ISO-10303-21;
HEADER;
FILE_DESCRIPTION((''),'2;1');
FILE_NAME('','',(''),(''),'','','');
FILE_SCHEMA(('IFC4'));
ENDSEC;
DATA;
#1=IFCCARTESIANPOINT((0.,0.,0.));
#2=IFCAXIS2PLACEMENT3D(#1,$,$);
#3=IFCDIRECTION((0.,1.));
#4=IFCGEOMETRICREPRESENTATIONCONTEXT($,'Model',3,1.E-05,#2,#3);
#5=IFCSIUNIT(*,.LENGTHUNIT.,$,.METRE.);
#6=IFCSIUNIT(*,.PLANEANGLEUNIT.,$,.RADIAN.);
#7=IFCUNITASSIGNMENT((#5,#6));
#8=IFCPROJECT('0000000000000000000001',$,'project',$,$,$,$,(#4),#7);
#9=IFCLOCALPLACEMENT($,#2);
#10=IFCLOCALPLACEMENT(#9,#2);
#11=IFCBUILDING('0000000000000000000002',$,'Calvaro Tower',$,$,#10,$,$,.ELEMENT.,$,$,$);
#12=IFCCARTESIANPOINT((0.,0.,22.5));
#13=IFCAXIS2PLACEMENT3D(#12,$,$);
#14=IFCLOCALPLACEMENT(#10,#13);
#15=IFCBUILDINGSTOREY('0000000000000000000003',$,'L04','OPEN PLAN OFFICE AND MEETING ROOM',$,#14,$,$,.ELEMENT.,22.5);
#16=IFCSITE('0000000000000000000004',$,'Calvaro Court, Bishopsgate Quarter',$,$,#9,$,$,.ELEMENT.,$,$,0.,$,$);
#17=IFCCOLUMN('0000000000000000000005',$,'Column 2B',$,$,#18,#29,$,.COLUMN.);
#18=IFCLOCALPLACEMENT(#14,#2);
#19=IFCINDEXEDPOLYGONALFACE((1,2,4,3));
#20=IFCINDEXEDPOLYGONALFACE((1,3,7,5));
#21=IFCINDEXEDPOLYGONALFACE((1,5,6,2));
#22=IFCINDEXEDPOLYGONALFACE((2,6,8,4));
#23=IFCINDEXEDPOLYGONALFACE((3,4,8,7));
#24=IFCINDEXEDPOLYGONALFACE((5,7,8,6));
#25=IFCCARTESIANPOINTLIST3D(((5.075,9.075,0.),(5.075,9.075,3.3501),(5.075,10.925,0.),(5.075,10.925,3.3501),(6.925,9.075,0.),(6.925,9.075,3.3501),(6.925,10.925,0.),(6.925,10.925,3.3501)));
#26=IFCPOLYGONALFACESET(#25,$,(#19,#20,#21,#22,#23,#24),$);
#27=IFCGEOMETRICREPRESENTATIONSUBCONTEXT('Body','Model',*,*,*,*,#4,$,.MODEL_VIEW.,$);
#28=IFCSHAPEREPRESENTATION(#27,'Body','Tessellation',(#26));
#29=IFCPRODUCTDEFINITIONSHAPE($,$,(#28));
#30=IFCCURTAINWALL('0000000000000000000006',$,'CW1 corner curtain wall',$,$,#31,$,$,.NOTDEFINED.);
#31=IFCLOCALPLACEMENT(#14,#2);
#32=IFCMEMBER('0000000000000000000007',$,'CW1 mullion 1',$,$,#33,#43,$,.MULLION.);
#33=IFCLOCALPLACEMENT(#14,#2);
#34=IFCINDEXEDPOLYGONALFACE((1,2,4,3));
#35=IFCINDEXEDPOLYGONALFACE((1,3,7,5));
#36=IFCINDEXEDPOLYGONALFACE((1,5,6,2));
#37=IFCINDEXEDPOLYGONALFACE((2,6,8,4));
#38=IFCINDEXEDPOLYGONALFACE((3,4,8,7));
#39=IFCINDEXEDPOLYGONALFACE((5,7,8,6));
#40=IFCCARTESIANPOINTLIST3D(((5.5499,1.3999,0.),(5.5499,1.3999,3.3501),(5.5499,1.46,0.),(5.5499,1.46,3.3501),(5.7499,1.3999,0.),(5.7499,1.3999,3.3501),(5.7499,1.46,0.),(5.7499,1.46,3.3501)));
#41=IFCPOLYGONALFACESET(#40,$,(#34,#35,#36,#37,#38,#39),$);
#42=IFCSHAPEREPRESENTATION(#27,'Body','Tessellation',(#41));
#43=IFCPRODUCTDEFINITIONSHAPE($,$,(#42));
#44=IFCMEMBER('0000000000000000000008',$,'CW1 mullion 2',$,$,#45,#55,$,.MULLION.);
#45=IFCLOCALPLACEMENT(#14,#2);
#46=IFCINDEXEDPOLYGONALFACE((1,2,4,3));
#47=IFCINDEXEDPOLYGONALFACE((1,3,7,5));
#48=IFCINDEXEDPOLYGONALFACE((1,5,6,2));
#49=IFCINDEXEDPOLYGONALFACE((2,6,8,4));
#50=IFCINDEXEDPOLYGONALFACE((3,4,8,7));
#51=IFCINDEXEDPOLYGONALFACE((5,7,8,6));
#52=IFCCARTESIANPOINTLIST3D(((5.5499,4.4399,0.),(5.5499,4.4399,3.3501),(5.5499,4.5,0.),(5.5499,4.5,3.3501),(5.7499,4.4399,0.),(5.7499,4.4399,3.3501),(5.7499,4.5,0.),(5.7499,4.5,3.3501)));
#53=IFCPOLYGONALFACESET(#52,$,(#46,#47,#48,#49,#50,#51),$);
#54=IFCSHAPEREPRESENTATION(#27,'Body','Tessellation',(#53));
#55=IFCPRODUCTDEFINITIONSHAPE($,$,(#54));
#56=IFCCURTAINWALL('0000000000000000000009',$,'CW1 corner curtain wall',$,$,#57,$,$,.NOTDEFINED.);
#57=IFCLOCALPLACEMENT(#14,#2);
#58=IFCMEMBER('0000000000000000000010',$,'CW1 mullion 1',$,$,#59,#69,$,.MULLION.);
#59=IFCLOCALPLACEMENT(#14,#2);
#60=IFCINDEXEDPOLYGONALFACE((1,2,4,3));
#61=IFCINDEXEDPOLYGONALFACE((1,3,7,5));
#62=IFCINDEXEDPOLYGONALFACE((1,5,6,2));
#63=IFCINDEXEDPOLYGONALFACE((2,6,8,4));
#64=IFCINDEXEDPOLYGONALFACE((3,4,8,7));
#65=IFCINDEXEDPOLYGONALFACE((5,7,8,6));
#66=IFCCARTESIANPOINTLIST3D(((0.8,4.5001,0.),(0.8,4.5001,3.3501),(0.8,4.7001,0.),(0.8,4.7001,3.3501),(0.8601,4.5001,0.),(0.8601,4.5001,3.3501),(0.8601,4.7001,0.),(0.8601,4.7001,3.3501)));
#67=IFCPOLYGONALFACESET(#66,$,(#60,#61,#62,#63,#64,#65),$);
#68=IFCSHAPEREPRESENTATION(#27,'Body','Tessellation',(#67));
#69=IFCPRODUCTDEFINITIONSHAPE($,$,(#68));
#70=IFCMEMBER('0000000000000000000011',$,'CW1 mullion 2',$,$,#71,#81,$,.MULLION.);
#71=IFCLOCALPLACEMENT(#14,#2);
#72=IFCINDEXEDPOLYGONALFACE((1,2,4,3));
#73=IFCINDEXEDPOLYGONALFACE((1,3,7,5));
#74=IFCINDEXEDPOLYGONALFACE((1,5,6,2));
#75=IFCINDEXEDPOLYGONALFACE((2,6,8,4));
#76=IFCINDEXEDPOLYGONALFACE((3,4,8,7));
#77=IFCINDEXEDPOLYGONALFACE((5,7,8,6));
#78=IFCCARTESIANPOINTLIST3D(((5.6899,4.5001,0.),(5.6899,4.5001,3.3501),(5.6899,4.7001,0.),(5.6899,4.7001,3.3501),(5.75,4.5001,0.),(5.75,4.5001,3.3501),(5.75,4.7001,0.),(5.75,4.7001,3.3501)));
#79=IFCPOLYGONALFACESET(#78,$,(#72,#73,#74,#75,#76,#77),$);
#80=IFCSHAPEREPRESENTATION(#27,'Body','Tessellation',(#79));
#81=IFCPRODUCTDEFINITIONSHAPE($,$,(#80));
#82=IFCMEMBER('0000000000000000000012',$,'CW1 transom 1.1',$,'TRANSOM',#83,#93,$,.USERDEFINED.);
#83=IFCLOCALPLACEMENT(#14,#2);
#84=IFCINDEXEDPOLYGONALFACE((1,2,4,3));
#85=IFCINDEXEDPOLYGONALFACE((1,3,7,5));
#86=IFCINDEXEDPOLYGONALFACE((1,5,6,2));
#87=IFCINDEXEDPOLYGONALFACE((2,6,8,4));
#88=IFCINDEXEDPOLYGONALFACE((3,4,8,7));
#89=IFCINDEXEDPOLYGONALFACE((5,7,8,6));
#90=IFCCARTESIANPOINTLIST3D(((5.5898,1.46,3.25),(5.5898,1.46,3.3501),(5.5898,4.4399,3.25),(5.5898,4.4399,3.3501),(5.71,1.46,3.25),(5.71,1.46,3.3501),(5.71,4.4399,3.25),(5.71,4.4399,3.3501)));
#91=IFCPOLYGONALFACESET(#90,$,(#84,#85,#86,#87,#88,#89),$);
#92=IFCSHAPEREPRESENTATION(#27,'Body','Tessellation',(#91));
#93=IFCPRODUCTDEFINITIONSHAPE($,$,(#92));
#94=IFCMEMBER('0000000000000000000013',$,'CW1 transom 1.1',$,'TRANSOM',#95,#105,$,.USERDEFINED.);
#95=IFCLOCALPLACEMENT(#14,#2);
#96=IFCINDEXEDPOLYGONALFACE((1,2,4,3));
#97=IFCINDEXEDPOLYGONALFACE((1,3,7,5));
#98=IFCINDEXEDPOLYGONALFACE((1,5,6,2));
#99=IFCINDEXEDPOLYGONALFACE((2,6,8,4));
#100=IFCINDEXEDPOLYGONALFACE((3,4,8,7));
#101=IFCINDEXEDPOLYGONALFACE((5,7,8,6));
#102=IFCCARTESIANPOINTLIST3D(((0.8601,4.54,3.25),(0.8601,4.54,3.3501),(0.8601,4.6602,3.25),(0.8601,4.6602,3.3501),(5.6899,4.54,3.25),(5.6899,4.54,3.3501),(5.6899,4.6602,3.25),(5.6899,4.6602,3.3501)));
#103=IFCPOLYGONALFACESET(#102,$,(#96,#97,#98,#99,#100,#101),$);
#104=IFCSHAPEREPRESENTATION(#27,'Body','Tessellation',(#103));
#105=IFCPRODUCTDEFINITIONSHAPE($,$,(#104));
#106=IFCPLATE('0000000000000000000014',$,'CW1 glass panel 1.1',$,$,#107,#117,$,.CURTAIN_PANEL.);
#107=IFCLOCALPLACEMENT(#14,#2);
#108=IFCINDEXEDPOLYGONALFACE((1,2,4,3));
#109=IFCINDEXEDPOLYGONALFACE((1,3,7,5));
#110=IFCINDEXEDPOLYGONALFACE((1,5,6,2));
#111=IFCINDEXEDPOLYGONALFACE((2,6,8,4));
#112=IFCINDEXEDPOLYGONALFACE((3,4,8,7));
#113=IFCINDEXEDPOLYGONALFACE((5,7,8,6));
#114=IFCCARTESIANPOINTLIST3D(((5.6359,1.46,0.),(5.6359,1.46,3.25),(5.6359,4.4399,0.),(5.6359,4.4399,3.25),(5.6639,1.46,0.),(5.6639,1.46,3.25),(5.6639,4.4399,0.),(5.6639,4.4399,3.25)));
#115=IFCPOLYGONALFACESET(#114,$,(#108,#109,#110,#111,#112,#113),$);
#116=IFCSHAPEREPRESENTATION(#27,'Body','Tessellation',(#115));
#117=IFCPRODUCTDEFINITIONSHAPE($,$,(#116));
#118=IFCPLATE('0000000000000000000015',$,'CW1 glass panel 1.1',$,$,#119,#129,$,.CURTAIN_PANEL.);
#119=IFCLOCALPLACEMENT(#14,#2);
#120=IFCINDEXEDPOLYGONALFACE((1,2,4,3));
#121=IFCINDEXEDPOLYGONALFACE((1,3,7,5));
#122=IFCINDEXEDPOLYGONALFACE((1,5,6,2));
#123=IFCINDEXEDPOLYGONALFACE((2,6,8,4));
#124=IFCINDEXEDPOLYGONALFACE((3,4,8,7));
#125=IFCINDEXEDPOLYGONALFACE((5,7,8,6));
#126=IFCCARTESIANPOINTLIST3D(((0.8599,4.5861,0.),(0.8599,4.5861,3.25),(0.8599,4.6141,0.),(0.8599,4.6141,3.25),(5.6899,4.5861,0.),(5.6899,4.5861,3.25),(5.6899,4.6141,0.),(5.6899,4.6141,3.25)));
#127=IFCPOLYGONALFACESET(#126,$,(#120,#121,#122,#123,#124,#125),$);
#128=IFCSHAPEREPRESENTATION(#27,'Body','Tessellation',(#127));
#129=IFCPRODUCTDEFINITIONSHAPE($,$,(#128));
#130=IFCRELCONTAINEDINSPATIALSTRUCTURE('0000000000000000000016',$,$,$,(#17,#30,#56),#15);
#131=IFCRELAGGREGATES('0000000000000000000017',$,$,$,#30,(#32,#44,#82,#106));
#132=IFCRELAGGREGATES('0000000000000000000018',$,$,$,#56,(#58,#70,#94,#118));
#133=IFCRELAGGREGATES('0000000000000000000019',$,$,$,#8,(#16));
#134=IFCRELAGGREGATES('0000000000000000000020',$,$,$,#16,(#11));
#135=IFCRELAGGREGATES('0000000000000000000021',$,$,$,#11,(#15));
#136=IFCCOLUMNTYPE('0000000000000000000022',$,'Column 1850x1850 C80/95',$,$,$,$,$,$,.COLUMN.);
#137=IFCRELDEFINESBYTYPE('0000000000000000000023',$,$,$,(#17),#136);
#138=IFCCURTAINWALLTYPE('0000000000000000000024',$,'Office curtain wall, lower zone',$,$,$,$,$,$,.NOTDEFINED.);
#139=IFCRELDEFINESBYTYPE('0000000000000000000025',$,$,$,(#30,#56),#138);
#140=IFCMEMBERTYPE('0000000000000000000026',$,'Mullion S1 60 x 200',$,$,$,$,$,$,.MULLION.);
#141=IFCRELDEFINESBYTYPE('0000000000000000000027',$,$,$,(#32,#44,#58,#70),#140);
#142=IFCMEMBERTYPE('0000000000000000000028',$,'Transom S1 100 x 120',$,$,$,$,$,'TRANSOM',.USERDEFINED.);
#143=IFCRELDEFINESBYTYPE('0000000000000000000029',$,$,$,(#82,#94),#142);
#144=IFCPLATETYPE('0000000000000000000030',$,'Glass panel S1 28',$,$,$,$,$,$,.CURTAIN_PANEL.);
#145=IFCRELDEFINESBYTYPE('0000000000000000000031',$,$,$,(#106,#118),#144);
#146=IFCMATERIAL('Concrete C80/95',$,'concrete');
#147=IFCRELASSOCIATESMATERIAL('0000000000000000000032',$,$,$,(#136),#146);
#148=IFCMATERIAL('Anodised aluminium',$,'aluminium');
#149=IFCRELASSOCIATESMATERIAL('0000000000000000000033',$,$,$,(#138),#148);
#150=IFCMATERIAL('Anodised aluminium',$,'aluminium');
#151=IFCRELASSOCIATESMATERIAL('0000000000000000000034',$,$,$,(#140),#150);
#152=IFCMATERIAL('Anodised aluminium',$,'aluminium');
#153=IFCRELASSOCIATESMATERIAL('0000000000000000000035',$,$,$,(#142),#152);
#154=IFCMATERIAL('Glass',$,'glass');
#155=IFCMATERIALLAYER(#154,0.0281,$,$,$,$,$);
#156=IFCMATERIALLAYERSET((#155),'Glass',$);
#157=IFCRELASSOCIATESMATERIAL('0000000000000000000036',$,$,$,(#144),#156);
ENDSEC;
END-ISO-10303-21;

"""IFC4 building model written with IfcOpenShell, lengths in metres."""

from ifc_helpers import new_model, si_unit, direction, frame, origin, origin_2d, place, context, subcontext, project, spatial, rectangle, extrude, material, layer, layer_set, material_profile, profile_set, type_object, element, aggregate, save


model = new_model("IFC4")

# Units and contexts
model_context = context("Model", 3, precision=1e-05, world=origin(), true_north=direction((0.0, 1.0)))
body_context = subcontext(model_context, "Body", "Model", "MODEL_VIEW")
ifc_project = project(units=[si_unit("LENGTHUNIT", "METRE"), si_unit("PLANEANGLEUNIT", "RADIAN")], contexts=[model_context])

# Site, building, storey
site_placement = place(None, origin())
site = spatial("IfcSite", under=ifc_project, at=site_placement, Name="Calvaro Court, Bishopsgate Quarter", CompositionType="ELEMENT", RefElevation=0.0)
building_placement = place(site_placement, origin())
building = spatial("IfcBuilding", under=site, at=building_placement, Name="Calvaro Tower", CompositionType="ELEMENT")
storey_placement = place(building_placement, frame((0.0, 0.0, 22.5)))
storey = spatial("IfcBuildingStorey", under=building, at=storey_placement, Name="L04", Description="OPEN PLAN OFFICE AND MEETING ROOM", CompositionType="ELEMENT", Elevation=22.5)

# Column
ifc_material_1 = material(Name="Concrete C80/95", Category="concrete")
ifc_material_profile_1 = material_profile(ifc_material_1, rectangle(XDim=1.8501, YDim=1.8501, at=origin_2d()), Name="RC 1850x1850")
ifc_profile_set_1 = profile_set([ifc_material_profile_1], Name="Concrete C80/95")
column_type = type_object("IfcColumnType", Name="Column 1850x1850 C80/95", PredefinedType="COLUMN", material=ifc_profile_set_1)
column_placement = place(storey_placement, frame((6.0, 10.0, 0.0), z_axis=(0.0, 0.0, 1.0), x_axis=(1.0, 0.0, 0.0)))
element("IfcColumn", 1, at=column_placement, inside=storey, type_object=column_type, Name="Column 2B", PredefinedType="COLUMN", context=body_context, shape_type="SweptSolid", body=[
    extrude(rectangle(XDim=1.8501, YDim=1.8501, at=origin_2d()), origin(), (0.0, 0.0, 1.0), 3.3501),
])

# Curtain walls, members
ifc_material_2 = material(Name="Anodised aluminium", Category="aluminium")
curtain_wall_type = type_object("IfcCurtainWallType", Name="Office curtain wall, lower zone", PredefinedType="NOTDEFINED", material=ifc_material_2)
curtain_wall_1_placement = place(storey_placement, origin())
curtain_wall_1 = element("IfcCurtainWall", 2, at=curtain_wall_1_placement, inside=storey, type_object=curtain_wall_type, Name="CW1 corner curtain wall", PredefinedType="NOTDEFINED")
ifc_material_3 = material(Name="Anodised aluminium", Category="aluminium")
ifc_material_profile_2 = material_profile(ifc_material_3, rectangle(XDim=0.2, YDim=0.0601, at=origin_2d()), Name="Mullion S1 60 x 200")
ifc_profile_set_2 = profile_set([ifc_material_profile_2], Name="Anodised aluminium")
member_type_1 = type_object("IfcMemberType", Name="Mullion S1 60 x 200", PredefinedType="MULLION", material=ifc_profile_set_2)
member_1_placement = place(storey_placement, frame((5.6499, 1.4299, 0.0), z_axis=(0.0, 0.0, 1.0), x_axis=(-1.0, 0.0, 0.0)))
member_1 = element("IfcMember", 3, at=member_1_placement, type_object=member_type_1, Name="CW1 mullion 1", PredefinedType="MULLION", context=body_context, shape_type="SweptSolid", body=[
    extrude(rectangle(XDim=0.2, YDim=0.0601, at=origin_2d()), origin(), (0.0, 0.0, 1.0), 3.3501),
])
member_2_placement = place(storey_placement, frame((5.6499, 4.47, 0.0), z_axis=(0.0, 0.0, 1.0), x_axis=(-1.0, 0.0, 0.0)))
member_2 = element("IfcMember", 4, at=member_2_placement, type_object=member_type_1, Name="CW1 mullion 2", PredefinedType="MULLION", context=body_context, shape_type="SweptSolid", body=[
    extrude(rectangle(XDim=0.2, YDim=0.0601, at=origin_2d()), origin(), (0.0, 0.0, 1.0), 3.3501),
])
curtain_wall_2_placement = place(storey_placement, origin())
curtain_wall_2 = element("IfcCurtainWall", 5, at=curtain_wall_2_placement, inside=storey, type_object=curtain_wall_type, Name="CW1 corner curtain wall", PredefinedType="NOTDEFINED")
member_3_placement = place(storey_placement, frame((0.8301, 4.6001, 0.0), z_axis=(0.0, 0.0, 1.0), x_axis=(0.0, 1.0, 0.0)))
member_3 = element("IfcMember", 6, at=member_3_placement, type_object=member_type_1, Name="CW1 mullion 1", PredefinedType="MULLION", context=body_context, shape_type="SweptSolid", body=[
    extrude(rectangle(XDim=0.2, YDim=0.0601, at=origin_2d()), origin(), (0.0, 0.0, 1.0), 3.3501),
])
member_4_placement = place(storey_placement, frame((5.72, 4.6001, 0.0), z_axis=(0.0, 0.0, 1.0), x_axis=(0.0, 1.0, 0.0)))
member_4 = element("IfcMember", 7, at=member_4_placement, type_object=member_type_1, Name="CW1 mullion 2", PredefinedType="MULLION", context=body_context, shape_type="SweptSolid", body=[
    extrude(rectangle(XDim=0.2, YDim=0.0601, at=origin_2d()), origin(), (0.0, 0.0, 1.0), 3.3501),
])

# Members
ifc_material_4 = material(Name="Anodised aluminium", Category="aluminium")
ifc_material_profile_3 = material_profile(ifc_material_4, rectangle(XDim=0.1201, YDim=0.1001, at=origin_2d()), Name="Transom S1 100 x 120")
ifc_profile_set_3 = profile_set([ifc_material_profile_3], Name="Anodised aluminium")
member_type_2 = type_object("IfcMemberType", Name="Transom S1 100 x 120", ElementType="TRANSOM", PredefinedType="USERDEFINED", material=ifc_profile_set_3)
member_5_placement = place(storey_placement, frame((5.6499, 1.46, 3.3), z_axis=(0.0, 1.0, 0.0), x_axis=(-1.0, 0.0, 0.0)))
member_5 = element("IfcMember", 8, at=member_5_placement, type_object=member_type_2, Name="CW1 transom 1.1", ObjectType="TRANSOM", PredefinedType="USERDEFINED", context=body_context, shape_type="SweptSolid", body=[
    extrude(rectangle(XDim=0.1201, YDim=0.1001, at=origin_2d()), origin(), (0.0, 0.0, 1.0), 2.98),
])
member_6_placement = place(storey_placement, frame((0.8601, 4.6001, 3.3), z_axis=(1.0, 0.0, 0.0), x_axis=(0.0, 1.0, 0.0)))
member_6 = element("IfcMember", 9, at=member_6_placement, type_object=member_type_2, Name="CW1 transom 1.1", ObjectType="TRANSOM", PredefinedType="USERDEFINED", context=body_context, shape_type="SweptSolid", body=[
    extrude(rectangle(XDim=0.1201, YDim=0.1001, at=origin_2d()), origin(), (0.0, 0.0, 1.0), 4.8298),
])

# Plates
ifc_material_5 = material(Name="Glass", Category="glass")
ifc_layer_1 = layer(ifc_material_5, 0.0281)
ifc_layer_set_1 = layer_set([ifc_layer_1], Name="Glass")
plate_type = type_object("IfcPlateType", Name="Glass panel S1 28", PredefinedType="CURTAIN_PANEL", material=ifc_layer_set_1)
plate_1_placement = place(storey_placement, frame((5.6499, 2.95, 0.0), z_axis=(0.0, 0.0, 1.0), x_axis=(0.0, 1.0, 0.0)))
plate_1 = element("IfcPlate", 10, at=plate_1_placement, type_object=plate_type, Name="CW1 glass panel 1.1", PredefinedType="CURTAIN_PANEL", context=body_context, shape_type="SweptSolid", body=[
    extrude(rectangle(XDim=2.98, YDim=0.0281, at=origin_2d()), origin(), (0.0, 0.0, 1.0), 3.25),
])
aggregate(curtain_wall_1, [member_1, member_2, member_5, plate_1])
plate_2_placement = place(storey_placement, frame((3.2749, 4.6001, 0.0), z_axis=(0.0, 0.0, 1.0), x_axis=(1.0, 0.0, 0.0)))
plate_2 = element("IfcPlate", 11, at=plate_2_placement, type_object=plate_type, Name="CW1 glass panel 1.1", PredefinedType="CURTAIN_PANEL", context=body_context, shape_type="SweptSolid", body=[
    extrude(rectangle(XDim=4.8301, YDim=0.0281, at=origin_2d()), origin(), (0.0, 0.0, 1.0), 3.25),
])
aggregate(curtain_wall_2, [member_3, member_4, member_6, plate_2])

save(model, "model.ifc")
